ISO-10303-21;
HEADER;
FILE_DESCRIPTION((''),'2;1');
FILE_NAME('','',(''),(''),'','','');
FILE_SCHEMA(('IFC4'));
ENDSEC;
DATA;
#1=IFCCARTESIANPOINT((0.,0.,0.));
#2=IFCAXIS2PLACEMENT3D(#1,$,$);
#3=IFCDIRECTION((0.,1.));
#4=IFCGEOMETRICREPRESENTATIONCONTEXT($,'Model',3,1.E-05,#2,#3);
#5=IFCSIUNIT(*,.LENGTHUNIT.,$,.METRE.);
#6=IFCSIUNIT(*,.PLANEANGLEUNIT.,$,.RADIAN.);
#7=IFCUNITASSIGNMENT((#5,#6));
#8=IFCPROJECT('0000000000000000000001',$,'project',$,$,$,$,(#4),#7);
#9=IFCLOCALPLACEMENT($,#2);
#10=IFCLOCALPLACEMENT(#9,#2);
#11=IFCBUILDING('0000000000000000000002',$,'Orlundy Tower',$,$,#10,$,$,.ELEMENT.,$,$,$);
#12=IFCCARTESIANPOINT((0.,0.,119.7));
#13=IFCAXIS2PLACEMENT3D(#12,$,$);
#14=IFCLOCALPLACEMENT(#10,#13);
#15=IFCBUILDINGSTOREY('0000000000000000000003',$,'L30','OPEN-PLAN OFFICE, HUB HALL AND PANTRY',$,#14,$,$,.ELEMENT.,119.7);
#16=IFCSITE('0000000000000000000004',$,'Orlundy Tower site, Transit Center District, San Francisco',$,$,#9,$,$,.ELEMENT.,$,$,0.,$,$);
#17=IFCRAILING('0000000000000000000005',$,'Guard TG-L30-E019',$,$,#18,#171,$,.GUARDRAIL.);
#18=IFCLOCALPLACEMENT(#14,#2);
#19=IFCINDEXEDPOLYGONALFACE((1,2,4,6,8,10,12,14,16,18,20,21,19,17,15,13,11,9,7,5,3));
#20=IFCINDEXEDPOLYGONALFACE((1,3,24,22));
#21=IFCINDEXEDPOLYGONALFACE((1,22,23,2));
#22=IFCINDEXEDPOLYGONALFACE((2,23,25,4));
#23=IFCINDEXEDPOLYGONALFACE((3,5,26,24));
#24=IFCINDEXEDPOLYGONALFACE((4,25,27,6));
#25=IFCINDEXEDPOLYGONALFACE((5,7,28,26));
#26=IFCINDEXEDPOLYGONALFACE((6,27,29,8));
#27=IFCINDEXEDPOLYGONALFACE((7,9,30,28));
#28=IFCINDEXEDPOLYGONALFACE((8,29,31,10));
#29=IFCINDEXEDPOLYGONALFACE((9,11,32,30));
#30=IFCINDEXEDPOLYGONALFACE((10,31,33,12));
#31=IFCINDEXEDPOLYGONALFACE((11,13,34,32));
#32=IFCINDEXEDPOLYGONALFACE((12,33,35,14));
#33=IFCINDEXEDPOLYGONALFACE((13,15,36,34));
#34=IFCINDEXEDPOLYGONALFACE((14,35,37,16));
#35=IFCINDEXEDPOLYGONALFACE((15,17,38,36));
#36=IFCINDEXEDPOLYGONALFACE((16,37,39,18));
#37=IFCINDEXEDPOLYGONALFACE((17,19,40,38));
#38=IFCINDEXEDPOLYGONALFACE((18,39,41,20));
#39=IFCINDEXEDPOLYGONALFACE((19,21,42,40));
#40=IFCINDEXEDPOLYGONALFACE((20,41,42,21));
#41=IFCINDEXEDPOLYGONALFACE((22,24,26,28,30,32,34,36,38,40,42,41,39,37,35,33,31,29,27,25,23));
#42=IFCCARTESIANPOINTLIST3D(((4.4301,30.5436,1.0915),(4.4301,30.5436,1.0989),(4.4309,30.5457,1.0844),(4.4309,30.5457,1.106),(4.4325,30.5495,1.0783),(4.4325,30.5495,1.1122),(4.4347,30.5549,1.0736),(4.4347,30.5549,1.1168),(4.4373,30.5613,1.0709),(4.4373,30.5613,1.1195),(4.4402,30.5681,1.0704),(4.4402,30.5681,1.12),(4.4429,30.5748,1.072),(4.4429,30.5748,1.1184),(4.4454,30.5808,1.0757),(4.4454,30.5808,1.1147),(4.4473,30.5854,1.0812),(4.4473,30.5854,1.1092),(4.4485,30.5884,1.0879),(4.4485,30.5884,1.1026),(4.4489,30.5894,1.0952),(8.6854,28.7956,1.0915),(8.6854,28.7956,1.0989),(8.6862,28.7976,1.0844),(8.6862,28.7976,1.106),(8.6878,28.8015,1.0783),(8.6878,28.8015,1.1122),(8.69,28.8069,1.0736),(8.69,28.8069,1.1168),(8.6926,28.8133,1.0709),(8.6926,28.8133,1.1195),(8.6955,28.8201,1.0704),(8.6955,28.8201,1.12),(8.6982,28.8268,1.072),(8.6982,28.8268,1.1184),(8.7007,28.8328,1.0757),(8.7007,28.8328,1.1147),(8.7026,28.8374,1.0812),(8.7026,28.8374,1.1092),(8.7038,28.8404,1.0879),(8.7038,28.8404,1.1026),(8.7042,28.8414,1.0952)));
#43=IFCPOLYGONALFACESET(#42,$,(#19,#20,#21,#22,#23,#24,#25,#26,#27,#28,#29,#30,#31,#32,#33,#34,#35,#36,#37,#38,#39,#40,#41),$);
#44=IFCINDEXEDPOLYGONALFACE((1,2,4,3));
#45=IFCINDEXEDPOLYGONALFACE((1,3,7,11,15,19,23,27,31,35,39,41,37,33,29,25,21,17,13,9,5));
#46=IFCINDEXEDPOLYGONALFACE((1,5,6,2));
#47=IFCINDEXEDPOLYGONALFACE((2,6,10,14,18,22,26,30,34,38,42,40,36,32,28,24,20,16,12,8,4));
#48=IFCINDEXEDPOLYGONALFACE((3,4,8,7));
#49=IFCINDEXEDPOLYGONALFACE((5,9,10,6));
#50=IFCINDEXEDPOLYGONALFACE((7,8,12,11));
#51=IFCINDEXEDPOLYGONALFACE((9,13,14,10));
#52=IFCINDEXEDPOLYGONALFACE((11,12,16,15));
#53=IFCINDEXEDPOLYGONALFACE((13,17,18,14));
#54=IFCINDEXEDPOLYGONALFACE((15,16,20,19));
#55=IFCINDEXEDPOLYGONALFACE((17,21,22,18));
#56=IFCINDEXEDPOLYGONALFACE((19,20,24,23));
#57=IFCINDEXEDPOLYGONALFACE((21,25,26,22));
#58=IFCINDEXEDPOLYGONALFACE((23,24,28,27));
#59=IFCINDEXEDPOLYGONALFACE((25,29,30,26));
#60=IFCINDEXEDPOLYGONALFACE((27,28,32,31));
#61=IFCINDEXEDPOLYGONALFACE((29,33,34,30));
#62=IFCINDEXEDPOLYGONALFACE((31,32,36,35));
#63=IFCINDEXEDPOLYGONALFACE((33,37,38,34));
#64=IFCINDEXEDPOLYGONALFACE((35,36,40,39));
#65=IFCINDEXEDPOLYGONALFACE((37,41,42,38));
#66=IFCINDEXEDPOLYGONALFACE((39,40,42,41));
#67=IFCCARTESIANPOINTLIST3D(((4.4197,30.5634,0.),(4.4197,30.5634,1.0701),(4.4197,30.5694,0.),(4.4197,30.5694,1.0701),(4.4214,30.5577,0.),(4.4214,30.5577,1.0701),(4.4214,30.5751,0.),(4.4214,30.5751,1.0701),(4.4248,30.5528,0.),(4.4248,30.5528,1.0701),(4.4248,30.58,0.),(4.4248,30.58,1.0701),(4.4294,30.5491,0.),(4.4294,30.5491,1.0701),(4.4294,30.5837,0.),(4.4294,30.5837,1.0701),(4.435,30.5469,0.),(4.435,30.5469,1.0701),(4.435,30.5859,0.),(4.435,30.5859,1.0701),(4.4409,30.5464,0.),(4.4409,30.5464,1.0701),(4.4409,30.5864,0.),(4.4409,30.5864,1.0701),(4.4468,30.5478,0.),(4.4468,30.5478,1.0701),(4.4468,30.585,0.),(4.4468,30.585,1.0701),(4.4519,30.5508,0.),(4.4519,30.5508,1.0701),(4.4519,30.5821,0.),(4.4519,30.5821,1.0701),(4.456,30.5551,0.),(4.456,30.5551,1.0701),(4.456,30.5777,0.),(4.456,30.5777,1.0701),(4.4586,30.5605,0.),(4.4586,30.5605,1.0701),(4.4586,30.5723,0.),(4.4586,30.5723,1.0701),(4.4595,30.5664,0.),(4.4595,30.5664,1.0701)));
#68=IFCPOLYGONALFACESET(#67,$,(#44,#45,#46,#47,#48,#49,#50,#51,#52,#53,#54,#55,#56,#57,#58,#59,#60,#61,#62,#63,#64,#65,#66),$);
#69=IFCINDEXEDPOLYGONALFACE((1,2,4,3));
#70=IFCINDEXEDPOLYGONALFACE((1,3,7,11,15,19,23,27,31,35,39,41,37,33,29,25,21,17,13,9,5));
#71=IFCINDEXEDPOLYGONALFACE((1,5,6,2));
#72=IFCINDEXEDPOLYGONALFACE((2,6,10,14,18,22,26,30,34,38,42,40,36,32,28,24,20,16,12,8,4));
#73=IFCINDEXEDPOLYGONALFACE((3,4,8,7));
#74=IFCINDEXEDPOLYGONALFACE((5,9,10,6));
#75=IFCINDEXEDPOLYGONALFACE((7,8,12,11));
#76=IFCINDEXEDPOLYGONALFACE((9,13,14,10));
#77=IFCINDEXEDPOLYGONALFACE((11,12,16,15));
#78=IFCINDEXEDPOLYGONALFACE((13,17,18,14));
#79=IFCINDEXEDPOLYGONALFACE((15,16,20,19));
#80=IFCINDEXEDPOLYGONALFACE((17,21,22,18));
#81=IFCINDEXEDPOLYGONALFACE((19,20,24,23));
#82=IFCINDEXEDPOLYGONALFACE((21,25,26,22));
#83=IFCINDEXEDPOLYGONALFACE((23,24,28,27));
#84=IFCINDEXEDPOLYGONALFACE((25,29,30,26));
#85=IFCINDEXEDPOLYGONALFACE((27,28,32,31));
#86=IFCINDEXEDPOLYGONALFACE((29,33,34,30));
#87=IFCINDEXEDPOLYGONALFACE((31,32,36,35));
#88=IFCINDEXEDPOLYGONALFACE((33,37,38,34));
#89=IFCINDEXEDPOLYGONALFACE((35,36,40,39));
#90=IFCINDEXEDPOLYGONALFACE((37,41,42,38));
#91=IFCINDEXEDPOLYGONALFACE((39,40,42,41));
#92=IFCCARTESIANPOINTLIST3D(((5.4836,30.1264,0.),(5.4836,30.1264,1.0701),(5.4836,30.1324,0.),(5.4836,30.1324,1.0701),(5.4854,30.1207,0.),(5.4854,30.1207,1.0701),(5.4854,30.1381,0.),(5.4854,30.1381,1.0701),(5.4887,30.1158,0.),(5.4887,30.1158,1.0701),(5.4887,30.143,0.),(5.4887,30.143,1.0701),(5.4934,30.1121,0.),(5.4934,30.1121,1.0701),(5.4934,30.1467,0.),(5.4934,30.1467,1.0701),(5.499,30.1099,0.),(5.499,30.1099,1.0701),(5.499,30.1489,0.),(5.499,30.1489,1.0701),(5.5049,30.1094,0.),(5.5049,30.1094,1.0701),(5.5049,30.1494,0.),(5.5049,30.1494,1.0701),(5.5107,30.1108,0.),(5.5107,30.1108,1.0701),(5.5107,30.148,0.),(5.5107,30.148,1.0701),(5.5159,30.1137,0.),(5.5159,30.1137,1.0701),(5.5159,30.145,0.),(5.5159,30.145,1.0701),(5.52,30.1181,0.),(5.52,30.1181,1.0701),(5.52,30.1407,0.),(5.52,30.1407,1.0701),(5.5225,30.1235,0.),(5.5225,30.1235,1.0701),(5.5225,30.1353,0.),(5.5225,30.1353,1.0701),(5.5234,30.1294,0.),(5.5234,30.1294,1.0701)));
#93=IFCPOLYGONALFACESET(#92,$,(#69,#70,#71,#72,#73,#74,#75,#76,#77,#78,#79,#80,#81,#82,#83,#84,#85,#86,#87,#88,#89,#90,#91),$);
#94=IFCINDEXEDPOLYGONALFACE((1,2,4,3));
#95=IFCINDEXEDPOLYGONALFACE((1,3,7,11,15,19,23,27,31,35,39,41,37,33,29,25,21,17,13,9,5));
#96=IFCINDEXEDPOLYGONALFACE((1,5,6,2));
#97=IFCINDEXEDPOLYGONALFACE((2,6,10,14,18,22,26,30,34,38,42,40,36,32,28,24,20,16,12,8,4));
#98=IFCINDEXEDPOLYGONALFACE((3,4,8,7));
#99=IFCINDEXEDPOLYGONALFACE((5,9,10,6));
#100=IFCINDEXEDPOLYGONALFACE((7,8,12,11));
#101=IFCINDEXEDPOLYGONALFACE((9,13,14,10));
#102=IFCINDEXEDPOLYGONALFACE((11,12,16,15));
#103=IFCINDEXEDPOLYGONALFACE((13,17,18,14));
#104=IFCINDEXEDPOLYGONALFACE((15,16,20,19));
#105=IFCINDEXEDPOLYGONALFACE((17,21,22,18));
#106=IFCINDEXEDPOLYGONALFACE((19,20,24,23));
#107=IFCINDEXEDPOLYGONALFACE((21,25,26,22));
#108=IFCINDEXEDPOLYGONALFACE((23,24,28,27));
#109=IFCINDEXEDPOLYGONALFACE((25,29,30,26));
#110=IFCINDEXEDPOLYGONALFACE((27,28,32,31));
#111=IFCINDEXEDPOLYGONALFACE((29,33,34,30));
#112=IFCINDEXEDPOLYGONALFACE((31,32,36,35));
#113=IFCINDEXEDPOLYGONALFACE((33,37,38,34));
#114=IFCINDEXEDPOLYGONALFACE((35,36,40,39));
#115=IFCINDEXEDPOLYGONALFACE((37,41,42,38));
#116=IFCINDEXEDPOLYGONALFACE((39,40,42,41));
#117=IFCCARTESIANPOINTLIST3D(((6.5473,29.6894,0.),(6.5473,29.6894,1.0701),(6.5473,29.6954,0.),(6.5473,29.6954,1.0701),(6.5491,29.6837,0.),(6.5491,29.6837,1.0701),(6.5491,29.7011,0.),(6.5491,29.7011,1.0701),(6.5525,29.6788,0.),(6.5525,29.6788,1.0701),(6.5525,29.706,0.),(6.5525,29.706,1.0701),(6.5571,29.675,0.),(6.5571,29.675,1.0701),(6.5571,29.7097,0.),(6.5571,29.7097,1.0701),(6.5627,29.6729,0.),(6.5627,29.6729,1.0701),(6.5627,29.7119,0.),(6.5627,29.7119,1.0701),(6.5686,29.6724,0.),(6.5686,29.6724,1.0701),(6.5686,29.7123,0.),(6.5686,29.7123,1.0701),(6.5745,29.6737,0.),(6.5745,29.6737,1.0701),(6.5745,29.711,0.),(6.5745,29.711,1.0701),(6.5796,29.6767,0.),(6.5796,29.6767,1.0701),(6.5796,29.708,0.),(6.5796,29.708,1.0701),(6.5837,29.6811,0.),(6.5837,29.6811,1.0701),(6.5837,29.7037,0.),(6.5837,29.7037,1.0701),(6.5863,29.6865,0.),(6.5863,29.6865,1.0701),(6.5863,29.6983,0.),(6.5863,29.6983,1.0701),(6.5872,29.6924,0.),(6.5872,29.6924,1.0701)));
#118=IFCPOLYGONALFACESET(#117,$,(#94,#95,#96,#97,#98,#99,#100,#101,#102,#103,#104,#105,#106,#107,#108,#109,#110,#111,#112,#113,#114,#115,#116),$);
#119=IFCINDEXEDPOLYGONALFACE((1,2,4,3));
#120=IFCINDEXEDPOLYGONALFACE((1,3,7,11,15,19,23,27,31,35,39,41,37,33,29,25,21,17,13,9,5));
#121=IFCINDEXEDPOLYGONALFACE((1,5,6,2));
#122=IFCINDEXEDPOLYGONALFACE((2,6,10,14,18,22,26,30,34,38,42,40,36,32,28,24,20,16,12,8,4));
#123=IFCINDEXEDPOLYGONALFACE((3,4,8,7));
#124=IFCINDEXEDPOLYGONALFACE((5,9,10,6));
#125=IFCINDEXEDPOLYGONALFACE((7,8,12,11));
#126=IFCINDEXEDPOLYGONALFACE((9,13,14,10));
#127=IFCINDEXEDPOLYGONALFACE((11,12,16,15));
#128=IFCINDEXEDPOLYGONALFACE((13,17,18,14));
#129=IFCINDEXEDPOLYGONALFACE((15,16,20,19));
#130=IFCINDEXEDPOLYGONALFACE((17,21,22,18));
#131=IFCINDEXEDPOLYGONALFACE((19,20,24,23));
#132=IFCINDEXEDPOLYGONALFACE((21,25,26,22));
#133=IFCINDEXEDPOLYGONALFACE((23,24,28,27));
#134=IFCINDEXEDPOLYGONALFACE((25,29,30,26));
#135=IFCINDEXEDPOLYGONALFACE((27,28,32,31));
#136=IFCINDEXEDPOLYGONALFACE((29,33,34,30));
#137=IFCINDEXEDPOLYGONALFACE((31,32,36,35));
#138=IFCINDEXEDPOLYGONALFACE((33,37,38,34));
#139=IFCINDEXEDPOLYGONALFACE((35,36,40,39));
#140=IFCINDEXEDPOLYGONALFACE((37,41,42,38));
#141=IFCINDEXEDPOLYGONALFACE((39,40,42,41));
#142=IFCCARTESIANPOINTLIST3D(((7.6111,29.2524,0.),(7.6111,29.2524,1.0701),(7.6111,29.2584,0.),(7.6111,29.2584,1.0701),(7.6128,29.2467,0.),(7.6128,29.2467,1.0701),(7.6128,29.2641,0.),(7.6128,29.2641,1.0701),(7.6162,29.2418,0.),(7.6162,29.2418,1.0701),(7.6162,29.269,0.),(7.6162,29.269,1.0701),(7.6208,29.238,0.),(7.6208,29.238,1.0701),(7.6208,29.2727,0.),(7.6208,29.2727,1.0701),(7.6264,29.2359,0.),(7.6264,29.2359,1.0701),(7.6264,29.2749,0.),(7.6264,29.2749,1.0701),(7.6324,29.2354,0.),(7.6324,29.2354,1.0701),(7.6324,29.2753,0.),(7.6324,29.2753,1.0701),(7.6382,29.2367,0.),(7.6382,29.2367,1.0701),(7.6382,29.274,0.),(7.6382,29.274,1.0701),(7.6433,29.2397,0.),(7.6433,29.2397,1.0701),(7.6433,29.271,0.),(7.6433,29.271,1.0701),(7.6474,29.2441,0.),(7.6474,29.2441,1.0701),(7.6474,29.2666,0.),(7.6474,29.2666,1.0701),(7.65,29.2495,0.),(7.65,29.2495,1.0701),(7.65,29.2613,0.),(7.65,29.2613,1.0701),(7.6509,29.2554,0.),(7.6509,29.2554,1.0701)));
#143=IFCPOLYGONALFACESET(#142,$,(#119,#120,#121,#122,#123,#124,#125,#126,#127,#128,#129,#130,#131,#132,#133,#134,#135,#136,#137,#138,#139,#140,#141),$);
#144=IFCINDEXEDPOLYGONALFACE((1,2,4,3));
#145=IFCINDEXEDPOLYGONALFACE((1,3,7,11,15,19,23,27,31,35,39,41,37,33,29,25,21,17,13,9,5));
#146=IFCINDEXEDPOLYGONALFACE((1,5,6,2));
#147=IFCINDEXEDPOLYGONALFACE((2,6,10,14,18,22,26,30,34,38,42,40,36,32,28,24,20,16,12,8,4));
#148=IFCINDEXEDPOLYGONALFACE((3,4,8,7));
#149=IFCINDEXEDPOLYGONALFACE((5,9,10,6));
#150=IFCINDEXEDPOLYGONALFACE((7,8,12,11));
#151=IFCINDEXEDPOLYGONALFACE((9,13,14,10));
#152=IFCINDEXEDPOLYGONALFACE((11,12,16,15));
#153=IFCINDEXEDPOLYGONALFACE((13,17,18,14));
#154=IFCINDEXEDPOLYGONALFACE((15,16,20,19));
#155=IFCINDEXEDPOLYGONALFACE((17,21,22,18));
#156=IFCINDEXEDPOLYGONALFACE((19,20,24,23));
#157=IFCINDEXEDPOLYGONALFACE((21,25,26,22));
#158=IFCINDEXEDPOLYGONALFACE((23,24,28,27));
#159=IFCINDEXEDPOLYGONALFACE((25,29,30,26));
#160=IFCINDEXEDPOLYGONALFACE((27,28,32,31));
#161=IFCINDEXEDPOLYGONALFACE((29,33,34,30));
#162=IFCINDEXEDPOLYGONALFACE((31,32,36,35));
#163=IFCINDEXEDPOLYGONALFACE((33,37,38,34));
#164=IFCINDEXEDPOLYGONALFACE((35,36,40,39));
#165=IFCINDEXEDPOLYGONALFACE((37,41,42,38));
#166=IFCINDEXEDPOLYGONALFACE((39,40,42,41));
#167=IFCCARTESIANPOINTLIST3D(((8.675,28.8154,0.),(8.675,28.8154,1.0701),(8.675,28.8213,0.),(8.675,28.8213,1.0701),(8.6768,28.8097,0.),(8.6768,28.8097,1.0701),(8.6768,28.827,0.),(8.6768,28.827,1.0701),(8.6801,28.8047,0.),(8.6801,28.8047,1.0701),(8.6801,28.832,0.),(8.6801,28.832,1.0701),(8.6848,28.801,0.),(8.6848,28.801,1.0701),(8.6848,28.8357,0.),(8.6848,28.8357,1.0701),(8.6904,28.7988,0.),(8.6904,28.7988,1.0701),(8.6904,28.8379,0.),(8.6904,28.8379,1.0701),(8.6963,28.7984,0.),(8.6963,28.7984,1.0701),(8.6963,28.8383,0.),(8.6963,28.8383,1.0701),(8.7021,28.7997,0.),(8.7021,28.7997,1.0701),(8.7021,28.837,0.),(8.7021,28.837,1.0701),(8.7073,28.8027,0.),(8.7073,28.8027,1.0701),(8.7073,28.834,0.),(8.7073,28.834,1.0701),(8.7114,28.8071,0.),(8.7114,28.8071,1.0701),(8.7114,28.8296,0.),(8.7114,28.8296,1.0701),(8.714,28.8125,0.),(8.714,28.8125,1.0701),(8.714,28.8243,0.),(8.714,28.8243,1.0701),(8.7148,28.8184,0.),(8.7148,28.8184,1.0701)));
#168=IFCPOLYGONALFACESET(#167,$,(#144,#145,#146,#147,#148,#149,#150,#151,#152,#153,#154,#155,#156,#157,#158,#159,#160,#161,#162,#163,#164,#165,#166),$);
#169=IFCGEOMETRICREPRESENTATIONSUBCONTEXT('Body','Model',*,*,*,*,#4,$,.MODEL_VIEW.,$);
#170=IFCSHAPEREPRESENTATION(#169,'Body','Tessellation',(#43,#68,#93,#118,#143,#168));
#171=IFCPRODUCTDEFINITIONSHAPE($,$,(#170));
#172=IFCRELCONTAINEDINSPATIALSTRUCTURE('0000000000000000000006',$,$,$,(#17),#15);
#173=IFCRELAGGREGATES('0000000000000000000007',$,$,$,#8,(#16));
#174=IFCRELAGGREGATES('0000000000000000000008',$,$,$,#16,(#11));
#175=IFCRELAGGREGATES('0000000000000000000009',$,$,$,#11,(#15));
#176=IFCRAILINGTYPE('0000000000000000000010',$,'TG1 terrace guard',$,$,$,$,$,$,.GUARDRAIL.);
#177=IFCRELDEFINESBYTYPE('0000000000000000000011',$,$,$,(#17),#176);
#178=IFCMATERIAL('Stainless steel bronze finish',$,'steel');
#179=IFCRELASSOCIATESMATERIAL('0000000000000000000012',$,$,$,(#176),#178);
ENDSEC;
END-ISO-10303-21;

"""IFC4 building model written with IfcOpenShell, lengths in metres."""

from ifc_helpers import new_model, si_unit, direction, frame, origin, origin_2d, place, context, subcontext, project, spatial, circle, extrude, material, type_object, element, save


model = new_model("IFC4")

# Units and contexts
model_context = context("Model", 3, precision=1e-05, world=origin(), true_north=direction((0.0, 1.0)))
body_context = subcontext(model_context, "Body", "Model", "MODEL_VIEW")
ifc_project = project(units=[si_unit("LENGTHUNIT", "METRE"), si_unit("PLANEANGLEUNIT", "RADIAN")], contexts=[model_context])

# Site, building, storey
site_placement = place(None, origin())
site = spatial("IfcSite", under=ifc_project, at=site_placement, Name="Orlundy Tower site, Transit Center District, San Francisco", CompositionType="ELEMENT", RefElevation=0.0)
building_placement = place(site_placement, origin())
building = spatial("IfcBuilding", under=site, at=building_placement, Name="Orlundy Tower", CompositionType="ELEMENT")
storey_placement = place(building_placement, frame((0.0, 0.0, 119.7)))
storey = spatial("IfcBuildingStorey", under=building, at=storey_placement, Name="L30", Description="OPEN-PLAN OFFICE, HUB HALL AND PANTRY", CompositionType="ELEMENT", Elevation=119.7)

# Railing
ifc_material_1 = material(Name="Stainless steel bronze finish", Category="steel")
railing_type_1 = type_object("IfcRailingType", Name="TG1 terrace guard", PredefinedType="GUARDRAIL", material=ifc_material_1)
railing_1_placement = place(storey_placement, frame((4.4395, 30.5664, 0.0)))
element("IfcRailing", 1, at=railing_1_placement, inside=storey, type_object=railing_type_1, Name="Guard TG-L30-E019", PredefinedType="GUARDRAIL", context=body_context, shape_type="SweptSolid", body=[
    extrude(circle(Radius=0.0249, at=origin_2d()), frame((0.0, 0.0, 1.0952), z_axis=(0.924997, -0.379976, 0.0), x_axis=(0.379976, 0.924997, 0.0)), (0.0, 0.0, 1.0), 4.6003),
    extrude(circle(Radius=0.02, at=origin_2d()), origin(), (0.0, 0.0, 1.0), 1.0701),
    extrude(circle(Radius=0.02, at=origin_2d()), frame((1.064, -0.437, 0.0)), (0.0, 0.0, 1.0), 1.0701),
    extrude(circle(Radius=0.02, at=origin_2d()), frame((2.1277, -0.874, 0.0)), (0.0, 0.0, 1.0), 1.0701),
    extrude(circle(Radius=0.02, at=origin_2d()), frame((3.1914, -1.311, 0.0)), (0.0, 0.0, 1.0), 1.0701),
    extrude(circle(Radius=0.02, at=origin_2d()), frame((4.2554, -1.748, 0.0)), (0.0, 0.0, 1.0), 1.0701),
])

save(model, "model.ifc")
